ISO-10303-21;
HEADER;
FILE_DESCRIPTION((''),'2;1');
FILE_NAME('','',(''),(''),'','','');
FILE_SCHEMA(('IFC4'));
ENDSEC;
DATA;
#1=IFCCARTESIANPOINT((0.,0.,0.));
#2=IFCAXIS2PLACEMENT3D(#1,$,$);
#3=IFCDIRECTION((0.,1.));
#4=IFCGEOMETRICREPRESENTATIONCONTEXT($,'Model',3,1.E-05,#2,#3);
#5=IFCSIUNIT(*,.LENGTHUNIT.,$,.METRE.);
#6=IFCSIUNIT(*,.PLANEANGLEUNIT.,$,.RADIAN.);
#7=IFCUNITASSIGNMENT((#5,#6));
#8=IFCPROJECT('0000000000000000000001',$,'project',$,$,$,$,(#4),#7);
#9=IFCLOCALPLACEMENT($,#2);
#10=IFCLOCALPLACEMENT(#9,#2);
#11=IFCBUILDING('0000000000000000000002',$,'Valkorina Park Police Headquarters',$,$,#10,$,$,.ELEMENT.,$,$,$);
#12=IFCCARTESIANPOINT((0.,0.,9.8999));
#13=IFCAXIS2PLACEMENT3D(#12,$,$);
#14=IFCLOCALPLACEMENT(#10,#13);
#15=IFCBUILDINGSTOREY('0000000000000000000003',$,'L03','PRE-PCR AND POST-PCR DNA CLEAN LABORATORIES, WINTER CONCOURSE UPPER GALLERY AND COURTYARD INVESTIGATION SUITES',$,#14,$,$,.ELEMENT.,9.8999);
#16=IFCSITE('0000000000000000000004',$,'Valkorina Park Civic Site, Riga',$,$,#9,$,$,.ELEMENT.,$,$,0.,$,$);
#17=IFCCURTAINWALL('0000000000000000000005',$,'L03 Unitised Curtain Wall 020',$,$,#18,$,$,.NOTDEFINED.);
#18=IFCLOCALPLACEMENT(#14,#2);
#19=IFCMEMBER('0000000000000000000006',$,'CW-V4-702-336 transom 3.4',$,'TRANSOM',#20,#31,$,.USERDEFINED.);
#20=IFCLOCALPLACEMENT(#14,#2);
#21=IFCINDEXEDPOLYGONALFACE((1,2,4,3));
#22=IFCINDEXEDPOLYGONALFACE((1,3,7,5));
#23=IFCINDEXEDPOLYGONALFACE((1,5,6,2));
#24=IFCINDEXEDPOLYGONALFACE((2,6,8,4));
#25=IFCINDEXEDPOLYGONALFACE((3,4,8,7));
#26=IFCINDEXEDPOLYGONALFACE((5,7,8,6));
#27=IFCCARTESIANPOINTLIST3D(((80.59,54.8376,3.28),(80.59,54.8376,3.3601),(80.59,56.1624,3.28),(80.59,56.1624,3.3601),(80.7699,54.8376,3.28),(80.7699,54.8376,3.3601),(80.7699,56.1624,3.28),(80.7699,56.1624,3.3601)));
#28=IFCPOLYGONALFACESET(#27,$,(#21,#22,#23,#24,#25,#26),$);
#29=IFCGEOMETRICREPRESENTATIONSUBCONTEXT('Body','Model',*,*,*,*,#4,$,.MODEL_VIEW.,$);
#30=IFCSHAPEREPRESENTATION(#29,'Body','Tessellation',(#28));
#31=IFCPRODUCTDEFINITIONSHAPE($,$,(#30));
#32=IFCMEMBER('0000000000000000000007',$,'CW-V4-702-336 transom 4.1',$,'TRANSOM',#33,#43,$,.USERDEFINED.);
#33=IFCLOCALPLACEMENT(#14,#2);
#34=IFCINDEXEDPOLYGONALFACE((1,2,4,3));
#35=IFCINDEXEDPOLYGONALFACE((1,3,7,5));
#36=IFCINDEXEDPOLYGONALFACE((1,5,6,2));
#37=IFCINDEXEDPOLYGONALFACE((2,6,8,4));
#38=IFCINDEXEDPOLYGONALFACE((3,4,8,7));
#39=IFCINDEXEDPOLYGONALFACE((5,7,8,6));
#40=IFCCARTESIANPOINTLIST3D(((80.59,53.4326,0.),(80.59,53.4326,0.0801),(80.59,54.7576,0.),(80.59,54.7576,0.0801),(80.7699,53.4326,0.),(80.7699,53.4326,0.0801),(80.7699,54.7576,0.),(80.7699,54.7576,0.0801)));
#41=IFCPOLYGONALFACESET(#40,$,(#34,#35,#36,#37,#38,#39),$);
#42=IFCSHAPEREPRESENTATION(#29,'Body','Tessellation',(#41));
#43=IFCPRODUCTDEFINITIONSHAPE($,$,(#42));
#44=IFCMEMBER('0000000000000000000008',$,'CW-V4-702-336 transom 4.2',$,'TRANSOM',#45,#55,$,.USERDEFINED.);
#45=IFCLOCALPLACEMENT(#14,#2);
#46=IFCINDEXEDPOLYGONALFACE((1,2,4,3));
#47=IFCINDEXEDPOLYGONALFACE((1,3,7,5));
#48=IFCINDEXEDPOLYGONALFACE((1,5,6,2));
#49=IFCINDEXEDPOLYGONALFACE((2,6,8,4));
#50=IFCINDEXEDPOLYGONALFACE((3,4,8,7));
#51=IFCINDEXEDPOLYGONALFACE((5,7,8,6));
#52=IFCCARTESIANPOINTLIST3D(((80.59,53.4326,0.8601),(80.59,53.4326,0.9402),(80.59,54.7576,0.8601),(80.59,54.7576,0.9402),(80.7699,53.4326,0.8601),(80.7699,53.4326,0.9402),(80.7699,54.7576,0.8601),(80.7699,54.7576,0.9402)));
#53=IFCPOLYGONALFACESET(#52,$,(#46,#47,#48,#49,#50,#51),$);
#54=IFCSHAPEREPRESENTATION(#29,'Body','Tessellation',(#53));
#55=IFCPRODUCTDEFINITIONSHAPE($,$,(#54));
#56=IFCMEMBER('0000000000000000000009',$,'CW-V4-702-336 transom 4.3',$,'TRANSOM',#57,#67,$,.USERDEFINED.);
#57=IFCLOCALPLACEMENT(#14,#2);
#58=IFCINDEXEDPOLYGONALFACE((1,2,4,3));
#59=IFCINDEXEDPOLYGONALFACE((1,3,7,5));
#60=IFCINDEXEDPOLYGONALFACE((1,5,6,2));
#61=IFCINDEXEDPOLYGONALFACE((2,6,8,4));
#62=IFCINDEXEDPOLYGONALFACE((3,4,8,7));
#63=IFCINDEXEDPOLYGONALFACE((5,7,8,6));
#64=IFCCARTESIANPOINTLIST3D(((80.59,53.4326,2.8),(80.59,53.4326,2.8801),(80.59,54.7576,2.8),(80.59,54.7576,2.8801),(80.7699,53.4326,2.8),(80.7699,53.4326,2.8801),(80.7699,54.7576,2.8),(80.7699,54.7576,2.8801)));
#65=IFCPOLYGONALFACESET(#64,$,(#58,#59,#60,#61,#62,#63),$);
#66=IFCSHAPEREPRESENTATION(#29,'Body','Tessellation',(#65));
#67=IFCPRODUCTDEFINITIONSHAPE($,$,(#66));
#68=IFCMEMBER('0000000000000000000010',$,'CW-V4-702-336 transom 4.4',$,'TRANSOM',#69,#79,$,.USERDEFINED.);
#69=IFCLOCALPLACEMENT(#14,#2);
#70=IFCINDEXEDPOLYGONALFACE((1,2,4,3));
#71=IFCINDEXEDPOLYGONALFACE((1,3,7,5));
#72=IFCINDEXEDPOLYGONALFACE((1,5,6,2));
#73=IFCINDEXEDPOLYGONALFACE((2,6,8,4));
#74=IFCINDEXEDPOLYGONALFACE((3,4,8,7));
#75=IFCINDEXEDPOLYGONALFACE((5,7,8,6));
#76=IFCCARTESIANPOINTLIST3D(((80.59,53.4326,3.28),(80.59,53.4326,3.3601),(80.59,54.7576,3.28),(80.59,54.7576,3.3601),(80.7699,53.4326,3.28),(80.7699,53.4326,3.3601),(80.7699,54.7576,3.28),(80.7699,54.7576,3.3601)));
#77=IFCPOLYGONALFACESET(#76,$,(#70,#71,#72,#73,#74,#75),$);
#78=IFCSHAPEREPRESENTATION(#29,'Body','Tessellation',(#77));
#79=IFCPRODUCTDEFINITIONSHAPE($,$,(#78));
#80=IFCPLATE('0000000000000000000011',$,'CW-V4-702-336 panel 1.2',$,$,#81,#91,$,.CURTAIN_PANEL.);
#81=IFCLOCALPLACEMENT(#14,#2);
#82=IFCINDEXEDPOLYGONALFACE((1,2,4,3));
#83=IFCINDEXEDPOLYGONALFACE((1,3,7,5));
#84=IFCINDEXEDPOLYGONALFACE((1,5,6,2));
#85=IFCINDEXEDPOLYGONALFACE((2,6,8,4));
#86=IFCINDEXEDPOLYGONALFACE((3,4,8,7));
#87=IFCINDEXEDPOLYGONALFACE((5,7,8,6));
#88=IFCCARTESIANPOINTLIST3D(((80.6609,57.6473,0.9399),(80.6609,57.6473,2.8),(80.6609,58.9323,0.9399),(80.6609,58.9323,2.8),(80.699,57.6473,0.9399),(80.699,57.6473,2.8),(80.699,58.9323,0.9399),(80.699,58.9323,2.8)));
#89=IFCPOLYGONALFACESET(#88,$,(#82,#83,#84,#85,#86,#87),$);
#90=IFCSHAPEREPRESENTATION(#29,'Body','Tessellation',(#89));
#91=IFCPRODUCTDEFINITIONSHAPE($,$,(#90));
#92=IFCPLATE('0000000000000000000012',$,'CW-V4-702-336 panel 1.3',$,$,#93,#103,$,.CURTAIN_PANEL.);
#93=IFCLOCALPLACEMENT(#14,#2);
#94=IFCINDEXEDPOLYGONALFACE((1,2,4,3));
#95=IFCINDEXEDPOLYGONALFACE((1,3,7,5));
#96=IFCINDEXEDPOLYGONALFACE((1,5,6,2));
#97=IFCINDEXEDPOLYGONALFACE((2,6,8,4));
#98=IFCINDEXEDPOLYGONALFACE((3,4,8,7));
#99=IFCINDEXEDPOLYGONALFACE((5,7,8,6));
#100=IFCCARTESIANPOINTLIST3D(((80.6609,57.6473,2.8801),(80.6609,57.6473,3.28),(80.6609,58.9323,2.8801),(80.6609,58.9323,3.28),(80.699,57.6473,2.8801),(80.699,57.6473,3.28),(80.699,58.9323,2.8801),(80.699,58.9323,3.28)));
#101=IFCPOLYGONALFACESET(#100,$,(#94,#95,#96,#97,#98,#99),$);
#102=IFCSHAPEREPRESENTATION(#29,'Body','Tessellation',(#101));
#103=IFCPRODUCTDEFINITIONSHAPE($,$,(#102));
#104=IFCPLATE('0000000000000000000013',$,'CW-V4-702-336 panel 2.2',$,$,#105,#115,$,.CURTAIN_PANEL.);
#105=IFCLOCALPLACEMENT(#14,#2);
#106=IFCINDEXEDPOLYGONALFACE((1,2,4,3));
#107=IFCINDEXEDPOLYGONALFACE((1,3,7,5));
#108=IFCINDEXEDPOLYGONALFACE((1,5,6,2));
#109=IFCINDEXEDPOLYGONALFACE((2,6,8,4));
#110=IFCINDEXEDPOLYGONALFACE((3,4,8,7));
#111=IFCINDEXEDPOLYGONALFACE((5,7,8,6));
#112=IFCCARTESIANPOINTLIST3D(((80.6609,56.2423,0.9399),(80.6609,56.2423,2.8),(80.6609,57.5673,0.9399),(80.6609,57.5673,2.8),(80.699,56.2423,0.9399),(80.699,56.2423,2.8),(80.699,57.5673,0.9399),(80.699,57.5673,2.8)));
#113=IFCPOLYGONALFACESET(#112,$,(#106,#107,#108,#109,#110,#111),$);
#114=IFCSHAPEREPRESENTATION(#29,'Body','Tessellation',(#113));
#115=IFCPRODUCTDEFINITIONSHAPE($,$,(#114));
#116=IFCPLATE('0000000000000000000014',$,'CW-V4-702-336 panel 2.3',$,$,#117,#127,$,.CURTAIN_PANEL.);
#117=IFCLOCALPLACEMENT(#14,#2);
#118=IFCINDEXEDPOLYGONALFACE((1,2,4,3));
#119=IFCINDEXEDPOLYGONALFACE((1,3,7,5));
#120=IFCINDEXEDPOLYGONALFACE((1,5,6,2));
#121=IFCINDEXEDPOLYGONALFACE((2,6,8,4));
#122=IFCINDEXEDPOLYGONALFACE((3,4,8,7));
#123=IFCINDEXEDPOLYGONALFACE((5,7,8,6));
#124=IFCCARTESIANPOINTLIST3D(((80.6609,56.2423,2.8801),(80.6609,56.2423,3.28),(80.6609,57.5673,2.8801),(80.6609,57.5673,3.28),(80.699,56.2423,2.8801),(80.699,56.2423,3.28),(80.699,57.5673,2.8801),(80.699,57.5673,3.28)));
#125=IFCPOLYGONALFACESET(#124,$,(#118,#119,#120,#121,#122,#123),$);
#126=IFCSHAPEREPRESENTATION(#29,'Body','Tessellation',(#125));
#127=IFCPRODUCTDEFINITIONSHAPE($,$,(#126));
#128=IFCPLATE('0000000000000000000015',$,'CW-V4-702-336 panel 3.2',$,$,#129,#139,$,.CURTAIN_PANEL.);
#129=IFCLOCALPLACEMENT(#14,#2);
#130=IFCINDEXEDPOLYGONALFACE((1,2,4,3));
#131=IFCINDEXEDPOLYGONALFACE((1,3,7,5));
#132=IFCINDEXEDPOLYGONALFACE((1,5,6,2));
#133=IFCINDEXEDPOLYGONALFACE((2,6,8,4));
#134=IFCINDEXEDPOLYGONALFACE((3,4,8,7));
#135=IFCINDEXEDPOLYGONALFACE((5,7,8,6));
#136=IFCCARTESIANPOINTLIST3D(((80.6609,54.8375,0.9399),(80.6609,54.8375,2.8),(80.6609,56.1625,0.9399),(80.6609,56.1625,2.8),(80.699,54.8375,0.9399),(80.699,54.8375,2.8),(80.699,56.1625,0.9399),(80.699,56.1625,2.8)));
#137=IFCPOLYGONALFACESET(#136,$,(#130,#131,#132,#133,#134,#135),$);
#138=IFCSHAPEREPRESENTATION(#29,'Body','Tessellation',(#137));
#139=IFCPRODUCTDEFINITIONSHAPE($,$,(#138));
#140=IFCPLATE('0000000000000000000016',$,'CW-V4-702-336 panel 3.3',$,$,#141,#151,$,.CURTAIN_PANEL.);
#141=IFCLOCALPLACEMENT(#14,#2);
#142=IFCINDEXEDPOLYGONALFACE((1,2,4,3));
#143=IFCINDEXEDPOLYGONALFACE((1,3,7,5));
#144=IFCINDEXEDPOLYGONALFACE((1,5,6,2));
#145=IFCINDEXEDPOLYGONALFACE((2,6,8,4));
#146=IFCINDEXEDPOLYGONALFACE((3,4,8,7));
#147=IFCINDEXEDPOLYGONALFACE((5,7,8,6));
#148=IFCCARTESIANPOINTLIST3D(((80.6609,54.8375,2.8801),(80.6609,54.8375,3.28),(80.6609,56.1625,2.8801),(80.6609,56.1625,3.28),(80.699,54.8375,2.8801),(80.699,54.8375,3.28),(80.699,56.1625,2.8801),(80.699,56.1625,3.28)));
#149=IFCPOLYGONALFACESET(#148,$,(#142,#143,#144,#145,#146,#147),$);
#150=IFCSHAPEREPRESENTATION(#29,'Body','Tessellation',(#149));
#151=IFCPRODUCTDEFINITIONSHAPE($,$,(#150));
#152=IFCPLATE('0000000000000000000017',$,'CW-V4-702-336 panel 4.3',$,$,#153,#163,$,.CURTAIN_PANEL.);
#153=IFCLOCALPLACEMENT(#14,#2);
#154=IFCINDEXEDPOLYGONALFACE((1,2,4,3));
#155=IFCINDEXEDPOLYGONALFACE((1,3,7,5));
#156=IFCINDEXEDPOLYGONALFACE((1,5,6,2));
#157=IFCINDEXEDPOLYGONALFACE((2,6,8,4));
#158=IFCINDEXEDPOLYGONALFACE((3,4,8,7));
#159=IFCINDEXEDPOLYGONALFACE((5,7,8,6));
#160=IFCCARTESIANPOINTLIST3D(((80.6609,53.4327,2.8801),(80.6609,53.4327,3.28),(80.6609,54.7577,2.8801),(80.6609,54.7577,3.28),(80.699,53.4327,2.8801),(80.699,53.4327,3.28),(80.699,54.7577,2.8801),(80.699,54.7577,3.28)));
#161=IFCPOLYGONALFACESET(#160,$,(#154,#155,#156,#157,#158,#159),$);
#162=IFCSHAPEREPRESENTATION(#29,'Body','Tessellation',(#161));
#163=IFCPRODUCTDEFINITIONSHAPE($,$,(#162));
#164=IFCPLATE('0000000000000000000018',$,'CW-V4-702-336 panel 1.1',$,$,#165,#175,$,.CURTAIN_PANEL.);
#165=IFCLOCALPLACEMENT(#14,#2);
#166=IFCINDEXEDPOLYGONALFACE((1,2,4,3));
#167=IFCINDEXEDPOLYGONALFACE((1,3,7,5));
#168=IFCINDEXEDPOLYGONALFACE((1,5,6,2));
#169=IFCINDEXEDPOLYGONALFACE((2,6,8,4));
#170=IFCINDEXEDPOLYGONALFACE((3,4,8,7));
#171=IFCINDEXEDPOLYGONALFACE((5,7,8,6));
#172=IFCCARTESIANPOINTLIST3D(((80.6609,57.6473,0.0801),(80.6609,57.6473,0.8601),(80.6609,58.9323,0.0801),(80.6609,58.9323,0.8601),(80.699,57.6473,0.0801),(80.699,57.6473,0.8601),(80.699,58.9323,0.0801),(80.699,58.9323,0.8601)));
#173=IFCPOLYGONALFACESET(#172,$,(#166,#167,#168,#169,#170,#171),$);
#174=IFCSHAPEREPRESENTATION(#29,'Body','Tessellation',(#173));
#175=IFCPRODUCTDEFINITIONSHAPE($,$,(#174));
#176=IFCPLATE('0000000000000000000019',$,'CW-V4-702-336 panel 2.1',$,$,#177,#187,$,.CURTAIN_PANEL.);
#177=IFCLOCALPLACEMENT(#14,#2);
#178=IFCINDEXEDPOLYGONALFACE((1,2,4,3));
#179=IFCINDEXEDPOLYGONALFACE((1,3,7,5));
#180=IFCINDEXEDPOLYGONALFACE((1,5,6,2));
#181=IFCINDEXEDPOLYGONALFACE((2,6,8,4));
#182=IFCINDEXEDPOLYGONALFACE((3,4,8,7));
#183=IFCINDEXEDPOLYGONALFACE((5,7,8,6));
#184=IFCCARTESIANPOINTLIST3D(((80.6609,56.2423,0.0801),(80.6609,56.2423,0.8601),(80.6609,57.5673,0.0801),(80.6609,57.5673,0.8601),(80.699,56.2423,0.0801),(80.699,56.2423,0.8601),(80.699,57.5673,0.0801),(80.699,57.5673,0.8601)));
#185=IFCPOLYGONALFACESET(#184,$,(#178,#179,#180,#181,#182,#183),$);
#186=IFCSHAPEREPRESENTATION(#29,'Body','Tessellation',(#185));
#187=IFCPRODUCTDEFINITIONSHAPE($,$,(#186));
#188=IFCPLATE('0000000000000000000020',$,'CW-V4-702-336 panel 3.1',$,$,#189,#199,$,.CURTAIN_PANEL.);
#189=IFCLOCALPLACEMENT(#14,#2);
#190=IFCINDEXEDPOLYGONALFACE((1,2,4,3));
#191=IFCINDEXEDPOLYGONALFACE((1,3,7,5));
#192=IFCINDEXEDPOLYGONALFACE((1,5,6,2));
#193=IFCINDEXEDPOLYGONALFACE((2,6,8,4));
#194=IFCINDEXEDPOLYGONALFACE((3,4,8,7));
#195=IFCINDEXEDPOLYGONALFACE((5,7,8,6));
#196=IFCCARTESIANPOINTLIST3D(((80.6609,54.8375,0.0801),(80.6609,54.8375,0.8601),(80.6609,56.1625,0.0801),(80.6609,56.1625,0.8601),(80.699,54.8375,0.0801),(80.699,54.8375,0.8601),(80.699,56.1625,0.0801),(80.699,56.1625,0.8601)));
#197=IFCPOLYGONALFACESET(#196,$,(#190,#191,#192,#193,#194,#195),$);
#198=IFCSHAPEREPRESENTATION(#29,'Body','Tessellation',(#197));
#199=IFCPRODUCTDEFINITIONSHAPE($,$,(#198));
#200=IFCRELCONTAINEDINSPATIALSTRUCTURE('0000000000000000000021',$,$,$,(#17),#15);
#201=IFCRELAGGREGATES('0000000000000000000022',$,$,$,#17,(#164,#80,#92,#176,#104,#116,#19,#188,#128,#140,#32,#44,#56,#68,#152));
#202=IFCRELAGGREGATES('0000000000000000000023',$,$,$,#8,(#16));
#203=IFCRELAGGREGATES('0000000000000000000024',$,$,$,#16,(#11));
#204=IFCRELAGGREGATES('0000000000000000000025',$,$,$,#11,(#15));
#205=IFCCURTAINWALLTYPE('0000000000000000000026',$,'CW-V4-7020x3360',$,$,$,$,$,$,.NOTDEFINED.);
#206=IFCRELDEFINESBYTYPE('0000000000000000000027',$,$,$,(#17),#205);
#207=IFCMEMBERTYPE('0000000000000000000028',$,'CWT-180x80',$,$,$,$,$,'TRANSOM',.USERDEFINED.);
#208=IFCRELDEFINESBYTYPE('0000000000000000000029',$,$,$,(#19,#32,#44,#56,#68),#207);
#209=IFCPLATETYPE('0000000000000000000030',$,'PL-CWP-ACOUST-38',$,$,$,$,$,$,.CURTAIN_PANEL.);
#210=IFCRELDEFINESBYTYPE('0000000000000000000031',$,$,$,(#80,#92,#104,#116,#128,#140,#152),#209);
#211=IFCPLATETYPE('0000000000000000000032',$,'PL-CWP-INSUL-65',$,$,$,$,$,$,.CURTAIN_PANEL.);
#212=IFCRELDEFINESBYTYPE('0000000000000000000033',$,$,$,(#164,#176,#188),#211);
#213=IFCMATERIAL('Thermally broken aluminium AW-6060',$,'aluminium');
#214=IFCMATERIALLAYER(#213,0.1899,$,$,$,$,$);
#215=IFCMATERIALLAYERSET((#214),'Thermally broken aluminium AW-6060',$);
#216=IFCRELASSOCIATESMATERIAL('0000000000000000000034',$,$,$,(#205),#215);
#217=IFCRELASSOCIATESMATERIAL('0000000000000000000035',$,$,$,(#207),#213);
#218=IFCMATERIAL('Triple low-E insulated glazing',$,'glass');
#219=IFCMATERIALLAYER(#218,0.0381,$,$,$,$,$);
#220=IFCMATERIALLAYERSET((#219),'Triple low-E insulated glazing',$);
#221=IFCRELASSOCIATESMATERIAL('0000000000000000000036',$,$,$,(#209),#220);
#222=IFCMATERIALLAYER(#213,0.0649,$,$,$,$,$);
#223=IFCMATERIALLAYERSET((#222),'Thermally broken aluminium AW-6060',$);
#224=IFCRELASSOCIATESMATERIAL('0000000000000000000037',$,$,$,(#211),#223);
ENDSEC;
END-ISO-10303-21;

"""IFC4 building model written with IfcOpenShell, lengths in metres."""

from ifc_helpers import new_model, si_unit, direction, frame, origin, origin_2d, place, context, subcontext, project, spatial, rectangle, extrude, material, layer, layer_set, material_profile, profile_set, type_object, element, aggregate, save


model = new_model("IFC4")

# Units and contexts
model_context = context("Model", 3, precision=1e-05, world=origin(), true_north=direction((0.0, 1.0)))
body_context = subcontext(model_context, "Body", "Model", "MODEL_VIEW")
ifc_project = project(units=[si_unit("LENGTHUNIT", "METRE"), si_unit("PLANEANGLEUNIT", "RADIAN")], contexts=[model_context])

# Site, building, storey
site_placement = place(None, origin())
site = spatial("IfcSite", under=ifc_project, at=site_placement, Name="Valkorina Park Civic Site, Riga", CompositionType="ELEMENT", RefElevation=0.0)
building_placement = place(site_placement, origin())
building = spatial("IfcBuilding", under=site, at=building_placement, Name="Valkorina Park Police Headquarters", CompositionType="ELEMENT")
storey_placement = place(building_placement, frame((0.0, 0.0, 9.8999)))
storey = spatial("IfcBuildingStorey", under=building, at=storey_placement, Name="L03", Description="PRE-PCR AND POST-PCR DNA CLEAN LABORATORIES, WINTER CONCOURSE UPPER GALLERY AND COURTYARD INVESTIGATION SUITES", CompositionType="ELEMENT", Elevation=9.8999)

# Curtain wall, members, plates
ifc_material_1 = material(Name="Thermally broken aluminium AW-6060", Category="aluminium")
ifc_layer_1 = layer(ifc_material_1, 0.1899)
ifc_layer_set_1 = layer_set([ifc_layer_1], Name="Thermally broken aluminium AW-6060")
curtain_wall_type = type_object("IfcCurtainWallType", Name="CW-V4-7020x3360", PredefinedType="NOTDEFINED", material=ifc_layer_set_1)
curtain_wall_placement = place(storey_placement, origin())
curtain_wall = element("IfcCurtainWall", 1, at=curtain_wall_placement, inside=storey, type_object=curtain_wall_type, Name="L03 Unitised Curtain Wall 020", PredefinedType="NOTDEFINED")
ifc_material_profile_1 = material_profile(ifc_material_1, rectangle(XDim=0.1799, YDim=0.0801, at=origin_2d()), Name="CWT-03 180x80")
ifc_profile_set_1 = profile_set([ifc_material_profile_1], Name="Thermally broken aluminium AW-6060")
member_type_1 = type_object("IfcMemberType", Name="CWT-180x80", ElementType="TRANSOM", PredefinedType="USERDEFINED", material=ifc_profile_set_1)
member_1_placement = place(storey_placement, frame((80.6799, 56.1624, 3.3201), z_axis=(0.0, -1.0, 0.0), x_axis=(1.0, 0.0, 0.0)))
member_1 = element("IfcMember", 2, at=member_1_placement, type_object=member_type_1, Name="CW-V4-702-336 transom 3.4", ObjectType="TRANSOM", PredefinedType="USERDEFINED", context=body_context, shape_type="SweptSolid", body=[
    extrude(rectangle(XDim=0.1799, YDim=0.0801, at=origin_2d()), origin(), (0.0, 0.0, 1.0), 1.3247),
])
member_2_placement = place(storey_placement, frame((80.6799, 54.7576, 0.04), z_axis=(0.0, -1.0, 0.0), x_axis=(1.0, 0.0, 0.0)))
member_2 = element("IfcMember", 3, at=member_2_placement, type_object=member_type_1, Name="CW-V4-702-336 transom 4.1", ObjectType="TRANSOM", PredefinedType="USERDEFINED", context=body_context, shape_type="SweptSolid", body=[
    extrude(rectangle(XDim=0.1799, YDim=0.0801, at=origin_2d()), origin(), (0.0, 0.0, 1.0), 1.325),
])
member_3_placement = place(storey_placement, frame((80.6799, 54.7576, 0.9001), z_axis=(0.0, -1.0, 0.0), x_axis=(1.0, 0.0, 0.0)))
member_3 = element("IfcMember", 4, at=member_3_placement, type_object=member_type_1, Name="CW-V4-702-336 transom 4.2", ObjectType="TRANSOM", PredefinedType="USERDEFINED", context=body_context, shape_type="SweptSolid", body=[
    extrude(rectangle(XDim=0.1799, YDim=0.0801, at=origin_2d()), origin(), (0.0, 0.0, 1.0), 1.325),
])
member_4_placement = place(storey_placement, frame((80.6799, 54.7576, 2.8401), z_axis=(0.0, -1.0, 0.0), x_axis=(1.0, 0.0, 0.0)))
member_4 = element("IfcMember", 5, at=member_4_placement, type_object=member_type_1, Name="CW-V4-702-336 transom 4.3", ObjectType="TRANSOM", PredefinedType="USERDEFINED", context=body_context, shape_type="SweptSolid", body=[
    extrude(rectangle(XDim=0.1799, YDim=0.0801, at=origin_2d()), origin(), (0.0, 0.0, 1.0), 1.325),
])
member_5_placement = place(storey_placement, frame((80.6799, 54.7576, 3.3201), z_axis=(0.0, -1.0, 0.0), x_axis=(1.0, 0.0, 0.0)))
member_5 = element("IfcMember", 6, at=member_5_placement, type_object=member_type_1, Name="CW-V4-702-336 transom 4.4", ObjectType="TRANSOM", PredefinedType="USERDEFINED", context=body_context, shape_type="SweptSolid", body=[
    extrude(rectangle(XDim=0.1799, YDim=0.0801, at=origin_2d()), origin(), (0.0, 0.0, 1.0), 1.325),
])
ifc_material_2 = material(Name="Triple low-E insulated glazing", Category="glass")
ifc_layer_2 = layer(ifc_material_2, 0.0381)
ifc_layer_set_2 = layer_set([ifc_layer_2], Name="Triple low-E insulated glazing")
plate_type_1 = type_object("IfcPlateType", Name="PL-CWP-ACOUST-38", PredefinedType="CURTAIN_PANEL", material=ifc_layer_set_2)
plate_1_placement = place(storey_placement, frame((80.6799, 58.2898, 0.9399), z_axis=(0.0, 0.0, 1.0), x_axis=(0.0, -1.0, 0.0)))
plate_1 = element("IfcPlate", 7, at=plate_1_placement, type_object=plate_type_1, Name="CW-V4-702-336 panel 1.2", PredefinedType="CURTAIN_PANEL", context=body_context, shape_type="SweptSolid", body=[
    extrude(rectangle(XDim=1.2849, YDim=0.0381, at=origin_2d()), origin(), (0.0, 0.0, 1.0), 1.8601),
])
plate_2_placement = place(storey_placement, frame((80.6799, 58.2898, 2.8801), z_axis=(0.0, 0.0, 1.0), x_axis=(0.0, -1.0, 0.0)))
plate_2 = element("IfcPlate", 8, at=plate_2_placement, type_object=plate_type_1, Name="CW-V4-702-336 panel 1.3", PredefinedType="CURTAIN_PANEL", context=body_context, shape_type="SweptSolid", body=[
    extrude(rectangle(XDim=1.2849, YDim=0.0381, at=origin_2d()), origin(), (0.0, 0.0, 1.0), 0.3999),
])
plate_3_placement = place(storey_placement, frame((80.6799, 56.9048, 0.9399), z_axis=(0.0, 0.0, 1.0), x_axis=(0.0, -1.0, 0.0)))
plate_3 = element("IfcPlate", 9, at=plate_3_placement, type_object=plate_type_1, Name="CW-V4-702-336 panel 2.2", PredefinedType="CURTAIN_PANEL", context=body_context, shape_type="SweptSolid", body=[
    extrude(rectangle(XDim=1.325, YDim=0.0381, at=origin_2d()), origin(), (0.0, 0.0, 1.0), 1.8601),
])
plate_4_placement = place(storey_placement, frame((80.6799, 56.9048, 2.8801), z_axis=(0.0, 0.0, 1.0), x_axis=(0.0, -1.0, 0.0)))
plate_4 = element("IfcPlate", 10, at=plate_4_placement, type_object=plate_type_1, Name="CW-V4-702-336 panel 2.3", PredefinedType="CURTAIN_PANEL", context=body_context, shape_type="SweptSolid", body=[
    extrude(rectangle(XDim=1.325, YDim=0.0381, at=origin_2d()), origin(), (0.0, 0.0, 1.0), 0.3999),
])
plate_5_placement = place(storey_placement, frame((80.6799, 55.5, 0.9399), z_axis=(0.0, 0.0, 1.0), x_axis=(0.0, -1.0, 0.0)))
plate_5 = element("IfcPlate", 11, at=plate_5_placement, type_object=plate_type_1, Name="CW-V4-702-336 panel 3.2", PredefinedType="CURTAIN_PANEL", context=body_context, shape_type="SweptSolid", body=[
    extrude(rectangle(XDim=1.325, YDim=0.0381, at=origin_2d()), origin(), (0.0, 0.0, 1.0), 1.8601),
])
plate_6_placement = place(storey_placement, frame((80.6799, 55.5, 2.8801), z_axis=(0.0, 0.0, 1.0), x_axis=(0.0, -1.0, 0.0)))
plate_6 = element("IfcPlate", 12, at=plate_6_placement, type_object=plate_type_1, Name="CW-V4-702-336 panel 3.3", PredefinedType="CURTAIN_PANEL", context=body_context, shape_type="SweptSolid", body=[
    extrude(rectangle(XDim=1.325, YDim=0.0381, at=origin_2d()), origin(), (0.0, 0.0, 1.0), 0.3999),
])
plate_7_placement = place(storey_placement, frame((80.6799, 54.0952, 2.8801), z_axis=(0.0, 0.0, 1.0), x_axis=(0.0, -1.0, 0.0)))
plate_7 = element("IfcPlate", 13, at=plate_7_placement, type_object=plate_type_1, Name="CW-V4-702-336 panel 4.3", PredefinedType="CURTAIN_PANEL", context=body_context, shape_type="SweptSolid", body=[
    extrude(rectangle(XDim=1.325, YDim=0.0381, at=origin_2d()), origin(), (0.0, 0.0, 1.0), 0.3999),
])
ifc_layer_3 = layer(ifc_material_1, 0.0649)
ifc_layer_set_3 = layer_set([ifc_layer_3], Name="Thermally broken aluminium AW-6060")
plate_type_2 = type_object("IfcPlateType", Name="PL-CWP-INSUL-65", PredefinedType="CURTAIN_PANEL", material=ifc_layer_set_3)
plate_8_placement = place(storey_placement, frame((80.6799, 58.2898, 0.0801), z_axis=(0.0, 0.0, 1.0), x_axis=(0.0, -1.0, 0.0)))
plate_8 = element("IfcPlate", 14, at=plate_8_placement, type_object=plate_type_2, Name="CW-V4-702-336 panel 1.1", PredefinedType="CURTAIN_PANEL", context=body_context, shape_type="SweptSolid", body=[
    extrude(rectangle(XDim=1.2849, YDim=0.0381, at=origin_2d()), origin(), (0.0, 0.0, 1.0), 0.78),
])
plate_9_placement = place(storey_placement, frame((80.6799, 56.9048, 0.0801), z_axis=(0.0, 0.0, 1.0), x_axis=(0.0, -1.0, 0.0)))
plate_9 = element("IfcPlate", 15, at=plate_9_placement, type_object=plate_type_2, Name="CW-V4-702-336 panel 2.1", PredefinedType="CURTAIN_PANEL", context=body_context, shape_type="SweptSolid", body=[
    extrude(rectangle(XDim=1.325, YDim=0.0381, at=origin_2d()), origin(), (0.0, 0.0, 1.0), 0.78),
])
plate_10_placement = place(storey_placement, frame((80.6799, 55.5, 0.0801), z_axis=(0.0, 0.0, 1.0), x_axis=(0.0, -1.0, 0.0)))
plate_10 = element("IfcPlate", 16, at=plate_10_placement, type_object=plate_type_2, Name="CW-V4-702-336 panel 3.1", PredefinedType="CURTAIN_PANEL", context=body_context, shape_type="SweptSolid", body=[
    extrude(rectangle(XDim=1.325, YDim=0.0381, at=origin_2d()), origin(), (0.0, 0.0, 1.0), 0.78),
])
aggregate(curtain_wall, [plate_8, plate_1, plate_2, plate_9, plate_3, plate_4, member_1, plate_10, plate_5, plate_6, member_2, member_3, member_4, member_5, plate_7])

save(model, "model.ifc")
